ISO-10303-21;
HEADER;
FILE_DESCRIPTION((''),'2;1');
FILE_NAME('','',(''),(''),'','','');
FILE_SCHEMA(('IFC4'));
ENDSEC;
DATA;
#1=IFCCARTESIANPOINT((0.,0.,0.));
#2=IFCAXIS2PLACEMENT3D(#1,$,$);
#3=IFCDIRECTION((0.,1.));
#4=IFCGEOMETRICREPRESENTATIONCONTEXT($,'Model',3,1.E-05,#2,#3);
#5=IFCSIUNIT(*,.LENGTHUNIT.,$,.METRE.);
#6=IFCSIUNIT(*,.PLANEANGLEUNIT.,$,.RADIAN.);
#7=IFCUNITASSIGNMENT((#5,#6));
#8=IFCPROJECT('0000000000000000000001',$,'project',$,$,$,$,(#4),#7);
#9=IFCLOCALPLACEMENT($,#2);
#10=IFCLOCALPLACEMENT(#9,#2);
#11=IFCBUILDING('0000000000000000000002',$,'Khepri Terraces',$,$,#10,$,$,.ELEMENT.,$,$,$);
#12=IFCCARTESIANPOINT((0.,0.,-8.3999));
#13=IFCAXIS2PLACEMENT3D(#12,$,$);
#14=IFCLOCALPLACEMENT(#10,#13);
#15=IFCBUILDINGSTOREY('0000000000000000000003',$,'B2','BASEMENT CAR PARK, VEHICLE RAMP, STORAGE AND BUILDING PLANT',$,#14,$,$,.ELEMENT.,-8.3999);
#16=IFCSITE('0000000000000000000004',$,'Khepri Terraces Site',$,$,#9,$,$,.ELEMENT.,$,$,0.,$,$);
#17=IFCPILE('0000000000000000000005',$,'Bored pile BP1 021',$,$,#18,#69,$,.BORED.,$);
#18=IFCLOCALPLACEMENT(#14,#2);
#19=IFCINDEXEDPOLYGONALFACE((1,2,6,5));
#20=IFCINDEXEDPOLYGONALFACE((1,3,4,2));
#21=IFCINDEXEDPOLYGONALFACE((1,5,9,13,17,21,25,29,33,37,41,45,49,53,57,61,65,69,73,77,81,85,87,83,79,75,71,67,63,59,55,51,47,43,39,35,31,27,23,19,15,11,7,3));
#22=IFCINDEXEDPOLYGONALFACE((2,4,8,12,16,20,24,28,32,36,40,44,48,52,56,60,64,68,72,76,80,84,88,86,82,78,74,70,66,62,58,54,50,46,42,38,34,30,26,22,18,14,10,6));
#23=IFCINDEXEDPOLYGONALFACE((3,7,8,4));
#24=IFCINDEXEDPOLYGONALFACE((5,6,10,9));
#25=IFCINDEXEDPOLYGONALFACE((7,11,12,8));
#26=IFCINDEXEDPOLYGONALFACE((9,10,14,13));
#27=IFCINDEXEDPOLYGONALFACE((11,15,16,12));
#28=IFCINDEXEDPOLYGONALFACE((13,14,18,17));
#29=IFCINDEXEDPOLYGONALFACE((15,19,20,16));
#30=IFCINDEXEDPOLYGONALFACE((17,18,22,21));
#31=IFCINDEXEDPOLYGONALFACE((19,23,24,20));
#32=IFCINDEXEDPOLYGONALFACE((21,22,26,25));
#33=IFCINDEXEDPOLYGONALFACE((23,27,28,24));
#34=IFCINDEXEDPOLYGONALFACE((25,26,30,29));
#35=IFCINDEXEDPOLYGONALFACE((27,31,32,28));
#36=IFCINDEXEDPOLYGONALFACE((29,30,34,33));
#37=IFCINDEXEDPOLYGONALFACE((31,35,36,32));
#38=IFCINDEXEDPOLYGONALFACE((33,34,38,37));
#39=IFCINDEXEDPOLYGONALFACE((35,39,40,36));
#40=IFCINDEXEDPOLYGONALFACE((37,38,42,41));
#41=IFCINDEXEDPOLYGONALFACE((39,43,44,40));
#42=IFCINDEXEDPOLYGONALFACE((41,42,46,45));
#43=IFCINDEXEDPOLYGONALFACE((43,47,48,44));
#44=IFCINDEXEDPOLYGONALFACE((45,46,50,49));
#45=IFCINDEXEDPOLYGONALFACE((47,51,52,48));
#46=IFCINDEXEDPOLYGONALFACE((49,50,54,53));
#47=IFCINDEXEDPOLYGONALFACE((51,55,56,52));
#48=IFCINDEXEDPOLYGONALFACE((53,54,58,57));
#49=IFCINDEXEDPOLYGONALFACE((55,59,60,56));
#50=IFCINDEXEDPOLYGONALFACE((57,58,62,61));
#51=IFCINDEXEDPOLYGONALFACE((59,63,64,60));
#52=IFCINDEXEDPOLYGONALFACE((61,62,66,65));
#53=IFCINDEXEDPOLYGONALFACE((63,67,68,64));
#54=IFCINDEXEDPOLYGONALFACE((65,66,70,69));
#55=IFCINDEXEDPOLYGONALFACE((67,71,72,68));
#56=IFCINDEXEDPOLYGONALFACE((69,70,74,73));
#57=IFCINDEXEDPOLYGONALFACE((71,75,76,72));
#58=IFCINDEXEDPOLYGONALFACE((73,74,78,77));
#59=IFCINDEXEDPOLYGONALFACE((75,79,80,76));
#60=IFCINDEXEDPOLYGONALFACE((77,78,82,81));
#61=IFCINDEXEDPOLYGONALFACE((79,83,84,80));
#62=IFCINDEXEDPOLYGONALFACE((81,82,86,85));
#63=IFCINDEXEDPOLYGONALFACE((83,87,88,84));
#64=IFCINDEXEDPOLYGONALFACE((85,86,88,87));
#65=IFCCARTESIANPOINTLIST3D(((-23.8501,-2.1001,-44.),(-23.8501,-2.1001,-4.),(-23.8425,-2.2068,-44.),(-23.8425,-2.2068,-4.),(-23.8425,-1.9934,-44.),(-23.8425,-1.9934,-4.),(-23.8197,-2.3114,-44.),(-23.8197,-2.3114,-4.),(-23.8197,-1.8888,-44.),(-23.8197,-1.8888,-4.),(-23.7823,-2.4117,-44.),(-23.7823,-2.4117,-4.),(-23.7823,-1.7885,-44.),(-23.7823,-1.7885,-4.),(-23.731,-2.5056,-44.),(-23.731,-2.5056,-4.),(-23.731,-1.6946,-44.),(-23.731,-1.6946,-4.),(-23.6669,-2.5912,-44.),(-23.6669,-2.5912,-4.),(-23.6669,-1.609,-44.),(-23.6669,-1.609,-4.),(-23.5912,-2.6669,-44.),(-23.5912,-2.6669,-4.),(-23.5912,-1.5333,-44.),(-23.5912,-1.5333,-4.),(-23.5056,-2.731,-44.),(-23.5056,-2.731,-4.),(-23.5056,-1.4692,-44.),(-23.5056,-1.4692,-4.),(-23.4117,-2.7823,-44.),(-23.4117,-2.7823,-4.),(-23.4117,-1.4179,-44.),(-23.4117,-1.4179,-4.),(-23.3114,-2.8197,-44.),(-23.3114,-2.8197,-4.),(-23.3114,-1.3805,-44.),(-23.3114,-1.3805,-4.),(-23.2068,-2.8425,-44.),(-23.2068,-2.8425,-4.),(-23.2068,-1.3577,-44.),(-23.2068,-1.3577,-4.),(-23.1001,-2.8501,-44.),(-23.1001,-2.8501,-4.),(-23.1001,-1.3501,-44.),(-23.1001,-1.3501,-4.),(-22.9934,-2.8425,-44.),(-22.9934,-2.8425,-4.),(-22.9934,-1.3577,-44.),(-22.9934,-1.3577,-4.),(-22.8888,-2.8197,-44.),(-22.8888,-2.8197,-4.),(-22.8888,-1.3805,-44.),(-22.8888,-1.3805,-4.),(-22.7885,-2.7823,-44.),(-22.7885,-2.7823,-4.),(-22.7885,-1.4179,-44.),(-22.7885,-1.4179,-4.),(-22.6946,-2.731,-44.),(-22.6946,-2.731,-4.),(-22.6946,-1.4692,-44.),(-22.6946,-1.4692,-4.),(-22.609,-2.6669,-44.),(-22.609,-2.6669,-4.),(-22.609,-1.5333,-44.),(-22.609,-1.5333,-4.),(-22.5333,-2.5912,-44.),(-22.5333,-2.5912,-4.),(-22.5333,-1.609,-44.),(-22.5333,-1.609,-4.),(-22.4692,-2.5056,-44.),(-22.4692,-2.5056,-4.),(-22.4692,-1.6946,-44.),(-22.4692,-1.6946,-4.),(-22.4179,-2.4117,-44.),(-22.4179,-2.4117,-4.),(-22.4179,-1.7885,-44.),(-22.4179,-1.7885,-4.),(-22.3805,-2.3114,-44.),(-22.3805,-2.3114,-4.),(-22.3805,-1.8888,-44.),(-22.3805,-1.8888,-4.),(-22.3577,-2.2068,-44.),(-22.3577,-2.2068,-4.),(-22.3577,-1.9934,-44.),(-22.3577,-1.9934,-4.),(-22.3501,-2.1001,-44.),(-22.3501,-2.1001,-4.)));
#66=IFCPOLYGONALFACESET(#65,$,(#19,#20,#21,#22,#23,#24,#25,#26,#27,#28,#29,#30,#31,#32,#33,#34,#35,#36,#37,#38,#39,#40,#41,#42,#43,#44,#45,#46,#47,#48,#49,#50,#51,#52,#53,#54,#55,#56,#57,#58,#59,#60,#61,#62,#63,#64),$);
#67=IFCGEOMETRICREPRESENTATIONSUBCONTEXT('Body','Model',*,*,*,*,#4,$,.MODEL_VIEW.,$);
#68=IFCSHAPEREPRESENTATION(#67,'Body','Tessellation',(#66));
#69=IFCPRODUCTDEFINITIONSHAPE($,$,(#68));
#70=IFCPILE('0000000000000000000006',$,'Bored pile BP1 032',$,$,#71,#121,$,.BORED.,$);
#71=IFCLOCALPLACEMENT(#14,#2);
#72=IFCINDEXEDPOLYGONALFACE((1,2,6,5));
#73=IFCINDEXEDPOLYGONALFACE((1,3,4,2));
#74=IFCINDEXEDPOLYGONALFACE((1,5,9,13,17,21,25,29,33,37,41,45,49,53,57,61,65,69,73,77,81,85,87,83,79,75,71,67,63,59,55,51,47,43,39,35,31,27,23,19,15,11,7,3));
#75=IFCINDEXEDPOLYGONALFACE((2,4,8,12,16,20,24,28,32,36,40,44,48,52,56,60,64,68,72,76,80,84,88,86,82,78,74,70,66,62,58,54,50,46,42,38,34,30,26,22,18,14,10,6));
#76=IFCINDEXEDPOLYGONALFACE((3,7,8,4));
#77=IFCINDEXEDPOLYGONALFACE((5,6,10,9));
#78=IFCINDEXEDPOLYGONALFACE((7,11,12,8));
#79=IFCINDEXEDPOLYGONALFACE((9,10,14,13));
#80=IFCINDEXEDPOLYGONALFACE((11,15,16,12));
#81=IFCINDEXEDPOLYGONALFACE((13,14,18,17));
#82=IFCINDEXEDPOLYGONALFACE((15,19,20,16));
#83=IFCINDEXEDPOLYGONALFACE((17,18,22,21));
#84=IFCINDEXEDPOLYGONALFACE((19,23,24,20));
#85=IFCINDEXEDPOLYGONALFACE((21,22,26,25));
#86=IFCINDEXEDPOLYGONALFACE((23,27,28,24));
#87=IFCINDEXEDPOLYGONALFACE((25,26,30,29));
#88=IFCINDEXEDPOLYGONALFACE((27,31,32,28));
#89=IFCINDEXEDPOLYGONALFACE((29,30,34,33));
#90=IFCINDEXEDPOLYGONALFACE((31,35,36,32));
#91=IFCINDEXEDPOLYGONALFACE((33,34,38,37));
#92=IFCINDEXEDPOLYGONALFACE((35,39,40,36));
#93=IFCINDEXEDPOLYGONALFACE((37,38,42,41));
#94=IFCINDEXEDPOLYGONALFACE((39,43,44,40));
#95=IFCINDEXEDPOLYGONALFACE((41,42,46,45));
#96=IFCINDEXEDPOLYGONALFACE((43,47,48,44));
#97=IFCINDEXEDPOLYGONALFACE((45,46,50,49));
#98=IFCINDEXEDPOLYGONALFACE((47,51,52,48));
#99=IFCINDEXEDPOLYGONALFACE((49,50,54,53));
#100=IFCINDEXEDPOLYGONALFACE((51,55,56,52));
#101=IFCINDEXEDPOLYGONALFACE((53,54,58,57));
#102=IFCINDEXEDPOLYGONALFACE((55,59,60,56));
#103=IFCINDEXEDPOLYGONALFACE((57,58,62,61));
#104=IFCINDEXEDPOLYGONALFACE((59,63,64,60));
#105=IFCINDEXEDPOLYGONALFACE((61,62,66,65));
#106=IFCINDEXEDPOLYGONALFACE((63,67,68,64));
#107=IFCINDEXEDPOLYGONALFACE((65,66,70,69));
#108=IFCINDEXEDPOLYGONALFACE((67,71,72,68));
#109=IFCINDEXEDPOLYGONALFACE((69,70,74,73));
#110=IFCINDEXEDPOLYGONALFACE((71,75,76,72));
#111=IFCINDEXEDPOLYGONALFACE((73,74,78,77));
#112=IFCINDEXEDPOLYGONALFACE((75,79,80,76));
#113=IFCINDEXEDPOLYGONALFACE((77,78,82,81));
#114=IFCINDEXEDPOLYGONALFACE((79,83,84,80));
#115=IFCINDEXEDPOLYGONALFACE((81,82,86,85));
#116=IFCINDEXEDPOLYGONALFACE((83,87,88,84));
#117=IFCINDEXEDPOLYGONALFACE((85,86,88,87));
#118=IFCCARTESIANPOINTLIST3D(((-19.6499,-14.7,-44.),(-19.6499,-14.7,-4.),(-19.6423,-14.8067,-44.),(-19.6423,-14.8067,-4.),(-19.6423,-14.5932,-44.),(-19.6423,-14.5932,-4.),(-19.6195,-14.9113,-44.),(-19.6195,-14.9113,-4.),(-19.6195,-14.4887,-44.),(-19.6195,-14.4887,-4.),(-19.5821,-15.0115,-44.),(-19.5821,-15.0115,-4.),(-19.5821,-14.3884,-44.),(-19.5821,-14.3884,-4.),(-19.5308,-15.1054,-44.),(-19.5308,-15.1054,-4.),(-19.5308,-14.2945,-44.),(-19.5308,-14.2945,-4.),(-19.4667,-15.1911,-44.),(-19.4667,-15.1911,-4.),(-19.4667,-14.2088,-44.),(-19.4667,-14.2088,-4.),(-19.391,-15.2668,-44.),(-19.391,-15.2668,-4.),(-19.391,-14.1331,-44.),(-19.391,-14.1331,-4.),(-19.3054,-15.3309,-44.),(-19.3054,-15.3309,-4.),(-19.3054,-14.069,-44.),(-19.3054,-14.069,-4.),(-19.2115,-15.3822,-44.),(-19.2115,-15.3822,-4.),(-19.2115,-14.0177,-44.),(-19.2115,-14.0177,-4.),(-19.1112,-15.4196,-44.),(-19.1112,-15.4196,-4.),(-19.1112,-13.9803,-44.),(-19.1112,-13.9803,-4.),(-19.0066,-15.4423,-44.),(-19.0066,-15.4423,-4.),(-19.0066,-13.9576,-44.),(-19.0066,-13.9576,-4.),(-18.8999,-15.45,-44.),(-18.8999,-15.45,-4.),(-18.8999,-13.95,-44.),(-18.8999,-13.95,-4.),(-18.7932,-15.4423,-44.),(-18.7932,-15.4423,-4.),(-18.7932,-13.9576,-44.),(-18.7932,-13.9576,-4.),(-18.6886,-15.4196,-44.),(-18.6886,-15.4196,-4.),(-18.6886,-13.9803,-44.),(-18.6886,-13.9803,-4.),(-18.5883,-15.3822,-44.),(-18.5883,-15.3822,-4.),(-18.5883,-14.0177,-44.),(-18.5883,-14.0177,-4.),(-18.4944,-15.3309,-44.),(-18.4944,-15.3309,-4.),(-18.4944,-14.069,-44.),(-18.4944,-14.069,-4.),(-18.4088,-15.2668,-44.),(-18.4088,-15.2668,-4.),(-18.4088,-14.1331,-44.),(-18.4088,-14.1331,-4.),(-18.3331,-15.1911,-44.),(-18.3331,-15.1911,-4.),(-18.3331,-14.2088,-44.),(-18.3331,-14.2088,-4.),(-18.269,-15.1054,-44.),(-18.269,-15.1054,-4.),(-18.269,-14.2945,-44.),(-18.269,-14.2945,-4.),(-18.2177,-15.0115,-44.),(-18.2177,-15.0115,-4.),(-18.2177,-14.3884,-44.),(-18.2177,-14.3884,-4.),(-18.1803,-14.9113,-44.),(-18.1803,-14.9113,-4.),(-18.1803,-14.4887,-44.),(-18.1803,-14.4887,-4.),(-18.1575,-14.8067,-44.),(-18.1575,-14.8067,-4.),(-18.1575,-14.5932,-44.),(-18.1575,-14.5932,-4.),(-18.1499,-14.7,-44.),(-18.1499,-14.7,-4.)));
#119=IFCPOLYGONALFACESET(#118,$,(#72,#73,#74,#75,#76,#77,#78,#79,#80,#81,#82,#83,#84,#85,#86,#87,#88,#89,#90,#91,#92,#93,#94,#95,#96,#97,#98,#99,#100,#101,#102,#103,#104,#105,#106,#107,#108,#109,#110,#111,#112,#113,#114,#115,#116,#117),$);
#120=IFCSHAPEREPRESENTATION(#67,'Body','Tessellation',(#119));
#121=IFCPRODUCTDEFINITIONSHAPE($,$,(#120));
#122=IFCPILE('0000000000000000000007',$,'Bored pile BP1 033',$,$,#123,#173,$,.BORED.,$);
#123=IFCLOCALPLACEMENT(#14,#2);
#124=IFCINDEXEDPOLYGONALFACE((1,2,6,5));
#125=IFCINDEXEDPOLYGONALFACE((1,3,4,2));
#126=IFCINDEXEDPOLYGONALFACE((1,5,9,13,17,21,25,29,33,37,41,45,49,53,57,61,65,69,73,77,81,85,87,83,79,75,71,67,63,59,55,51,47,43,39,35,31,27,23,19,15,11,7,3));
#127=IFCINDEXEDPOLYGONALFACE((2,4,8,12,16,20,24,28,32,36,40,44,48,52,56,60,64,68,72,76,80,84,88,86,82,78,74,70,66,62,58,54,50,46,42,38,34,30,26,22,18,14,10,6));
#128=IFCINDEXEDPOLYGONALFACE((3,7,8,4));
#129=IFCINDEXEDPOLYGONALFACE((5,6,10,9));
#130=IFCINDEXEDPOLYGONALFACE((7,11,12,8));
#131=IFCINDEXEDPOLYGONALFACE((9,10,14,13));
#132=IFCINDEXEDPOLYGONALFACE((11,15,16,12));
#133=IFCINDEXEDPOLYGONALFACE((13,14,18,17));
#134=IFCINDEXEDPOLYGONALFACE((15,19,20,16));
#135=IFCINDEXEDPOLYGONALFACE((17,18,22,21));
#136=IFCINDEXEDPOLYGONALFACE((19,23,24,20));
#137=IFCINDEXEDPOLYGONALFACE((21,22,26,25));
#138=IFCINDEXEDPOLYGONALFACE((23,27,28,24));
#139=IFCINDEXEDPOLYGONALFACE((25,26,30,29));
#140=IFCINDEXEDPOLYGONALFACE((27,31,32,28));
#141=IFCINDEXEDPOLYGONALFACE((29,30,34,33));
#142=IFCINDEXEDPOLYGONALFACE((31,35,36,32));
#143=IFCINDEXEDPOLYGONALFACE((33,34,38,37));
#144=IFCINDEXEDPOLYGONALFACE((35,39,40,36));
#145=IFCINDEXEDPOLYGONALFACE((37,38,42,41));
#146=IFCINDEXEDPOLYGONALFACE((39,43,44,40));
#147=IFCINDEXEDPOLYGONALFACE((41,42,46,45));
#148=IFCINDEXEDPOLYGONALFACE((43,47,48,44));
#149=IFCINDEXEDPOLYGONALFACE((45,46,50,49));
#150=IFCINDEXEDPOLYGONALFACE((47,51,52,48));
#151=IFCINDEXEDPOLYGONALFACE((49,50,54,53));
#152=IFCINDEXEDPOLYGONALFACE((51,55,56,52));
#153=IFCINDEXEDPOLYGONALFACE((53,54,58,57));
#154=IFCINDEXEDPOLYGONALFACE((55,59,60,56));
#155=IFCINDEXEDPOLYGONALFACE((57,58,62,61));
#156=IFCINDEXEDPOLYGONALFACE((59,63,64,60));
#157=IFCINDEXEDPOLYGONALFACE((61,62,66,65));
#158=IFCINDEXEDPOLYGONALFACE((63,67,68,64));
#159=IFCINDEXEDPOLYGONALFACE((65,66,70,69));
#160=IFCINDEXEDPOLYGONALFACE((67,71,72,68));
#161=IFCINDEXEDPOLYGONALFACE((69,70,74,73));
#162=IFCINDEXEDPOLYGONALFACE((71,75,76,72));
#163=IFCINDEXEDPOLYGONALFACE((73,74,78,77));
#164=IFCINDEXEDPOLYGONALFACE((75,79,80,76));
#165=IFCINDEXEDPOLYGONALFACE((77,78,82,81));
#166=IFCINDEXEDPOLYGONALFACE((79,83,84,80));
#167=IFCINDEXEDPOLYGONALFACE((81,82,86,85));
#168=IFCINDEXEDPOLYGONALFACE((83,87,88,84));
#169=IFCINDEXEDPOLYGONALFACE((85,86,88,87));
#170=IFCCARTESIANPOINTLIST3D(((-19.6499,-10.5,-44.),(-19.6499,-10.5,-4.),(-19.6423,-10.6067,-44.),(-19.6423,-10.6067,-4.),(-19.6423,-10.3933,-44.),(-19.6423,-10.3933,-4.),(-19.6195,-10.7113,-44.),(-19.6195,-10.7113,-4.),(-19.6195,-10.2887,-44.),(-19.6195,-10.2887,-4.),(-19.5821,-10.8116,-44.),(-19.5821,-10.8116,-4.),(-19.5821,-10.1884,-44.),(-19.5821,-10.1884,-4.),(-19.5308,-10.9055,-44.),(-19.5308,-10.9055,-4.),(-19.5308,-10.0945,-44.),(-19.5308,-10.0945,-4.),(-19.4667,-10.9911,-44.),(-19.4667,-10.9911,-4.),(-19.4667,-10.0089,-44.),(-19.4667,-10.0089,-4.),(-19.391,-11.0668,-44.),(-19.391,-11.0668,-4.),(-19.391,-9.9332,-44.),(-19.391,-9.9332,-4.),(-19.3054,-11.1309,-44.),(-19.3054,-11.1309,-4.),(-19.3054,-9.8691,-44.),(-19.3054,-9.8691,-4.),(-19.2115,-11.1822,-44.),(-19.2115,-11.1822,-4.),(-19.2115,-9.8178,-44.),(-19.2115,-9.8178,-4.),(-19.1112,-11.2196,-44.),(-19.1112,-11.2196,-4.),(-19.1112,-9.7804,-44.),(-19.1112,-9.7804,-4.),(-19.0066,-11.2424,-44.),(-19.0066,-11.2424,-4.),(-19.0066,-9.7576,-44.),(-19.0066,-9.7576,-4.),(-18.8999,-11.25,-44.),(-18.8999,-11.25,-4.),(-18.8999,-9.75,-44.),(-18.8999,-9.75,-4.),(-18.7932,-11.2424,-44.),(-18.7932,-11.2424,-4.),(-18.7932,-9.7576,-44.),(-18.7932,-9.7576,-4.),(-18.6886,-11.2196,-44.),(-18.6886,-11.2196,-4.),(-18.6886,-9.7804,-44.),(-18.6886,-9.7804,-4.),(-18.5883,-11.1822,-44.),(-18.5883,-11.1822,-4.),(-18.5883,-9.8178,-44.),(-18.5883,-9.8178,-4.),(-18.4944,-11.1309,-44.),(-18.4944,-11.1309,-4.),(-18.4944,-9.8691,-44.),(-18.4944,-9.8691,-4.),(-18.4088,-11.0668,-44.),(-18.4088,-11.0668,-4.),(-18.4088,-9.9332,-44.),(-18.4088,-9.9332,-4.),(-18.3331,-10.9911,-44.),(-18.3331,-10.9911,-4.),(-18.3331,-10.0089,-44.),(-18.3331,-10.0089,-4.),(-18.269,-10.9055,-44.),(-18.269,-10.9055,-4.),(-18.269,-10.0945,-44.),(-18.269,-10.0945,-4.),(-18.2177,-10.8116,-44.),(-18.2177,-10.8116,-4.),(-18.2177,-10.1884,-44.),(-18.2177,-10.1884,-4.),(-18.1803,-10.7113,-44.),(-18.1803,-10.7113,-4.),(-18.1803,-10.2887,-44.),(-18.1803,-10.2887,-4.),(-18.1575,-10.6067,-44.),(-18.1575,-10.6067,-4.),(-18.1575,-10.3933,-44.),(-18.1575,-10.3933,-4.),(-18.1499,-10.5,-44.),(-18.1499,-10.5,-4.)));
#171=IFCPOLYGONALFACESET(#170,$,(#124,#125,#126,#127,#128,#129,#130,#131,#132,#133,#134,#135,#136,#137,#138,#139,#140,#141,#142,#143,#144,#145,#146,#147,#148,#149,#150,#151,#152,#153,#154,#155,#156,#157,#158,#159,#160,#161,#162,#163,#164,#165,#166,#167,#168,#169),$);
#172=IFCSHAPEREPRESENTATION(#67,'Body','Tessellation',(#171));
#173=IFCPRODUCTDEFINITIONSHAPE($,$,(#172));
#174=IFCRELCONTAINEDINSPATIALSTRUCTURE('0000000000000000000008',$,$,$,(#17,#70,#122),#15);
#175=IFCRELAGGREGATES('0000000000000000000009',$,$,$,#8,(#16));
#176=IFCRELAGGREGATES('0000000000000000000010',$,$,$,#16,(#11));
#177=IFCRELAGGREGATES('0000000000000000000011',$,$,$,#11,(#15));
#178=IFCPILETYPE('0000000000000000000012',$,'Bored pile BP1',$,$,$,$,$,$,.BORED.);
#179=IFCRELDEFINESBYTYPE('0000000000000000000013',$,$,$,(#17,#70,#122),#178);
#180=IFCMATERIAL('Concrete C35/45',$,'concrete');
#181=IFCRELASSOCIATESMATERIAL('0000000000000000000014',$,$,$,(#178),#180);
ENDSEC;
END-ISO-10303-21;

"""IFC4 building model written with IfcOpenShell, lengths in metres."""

from ifc_helpers import new_model, si_unit, direction, frame, origin, origin_2d, place, context, subcontext, project, spatial, circle, extrude, material, material_profile, profile_set, type_object, element, save


model = new_model("IFC4")

# Units and contexts
model_context = context("Model", 3, precision=1e-05, world=origin(), true_north=direction((0.0, 1.0)))
body_context = subcontext(model_context, "Body", "Model", "MODEL_VIEW")
ifc_project = project(units=[si_unit("LENGTHUNIT", "METRE"), si_unit("PLANEANGLEUNIT", "RADIAN")], contexts=[model_context])

# Site, building, storey
site_placement = place(None, origin())
site = spatial("IfcSite", under=ifc_project, at=site_placement, Name="Khepri Terraces Site", CompositionType="ELEMENT", RefElevation=0.0)
building_placement = place(site_placement, origin())
building = spatial("IfcBuilding", under=site, at=building_placement, Name="Khepri Terraces", CompositionType="ELEMENT")
storey_placement = place(building_placement, frame((0.0, 0.0, -8.3999)))
storey = spatial("IfcBuildingStorey", under=building, at=storey_placement, Name="B2", Description="BASEMENT CAR PARK, VEHICLE RAMP, STORAGE AND BUILDING PLANT", CompositionType="ELEMENT", Elevation=-8.3999)

# Piles
ifc_material_1 = material(Name="Concrete C35/45", Category="concrete")
ifc_material_profile_1 = material_profile(ifc_material_1, circle(Radius=0.75, at=origin_2d()), Name="Concrete C35/45", Category="concrete")
ifc_profile_set_1 = profile_set([ifc_material_profile_1], Name="Concrete C35/45")
pile_type = type_object("IfcPileType", Name="Bored pile BP1", PredefinedType="BORED", material=ifc_profile_set_1)
for number, where, z_axis, x_axis, name in (
    (1, (-23.1001, -2.1001, -4.0), (0.0, 0.0, -1.0), (1.0, 0.0, 0.0), "Bored pile BP1 021"),
    (2, (-18.8999, -14.7, -4.0), (0.0, 0.0, -1.0), (1.0, 0.0, 0.0), "Bored pile BP1 032"),
    (3, (-18.8999, -10.5, -4.0), (0.0, 0.0, -1.0), (1.0, 0.0, 0.0), "Bored pile BP1 033"),
):
    element("IfcPile", number, at=place(storey_placement, frame(where, z_axis=z_axis, x_axis=x_axis)), inside=storey, type_object=pile_type, Name=name, PredefinedType="BORED", context=body_context, shape_type="SweptSolid", body=[
        extrude(circle(Radius=0.75, at=origin_2d()), origin(), (0.0, 0.0, 1.0), 40.0),
    ])

save(model, "model.ifc")
